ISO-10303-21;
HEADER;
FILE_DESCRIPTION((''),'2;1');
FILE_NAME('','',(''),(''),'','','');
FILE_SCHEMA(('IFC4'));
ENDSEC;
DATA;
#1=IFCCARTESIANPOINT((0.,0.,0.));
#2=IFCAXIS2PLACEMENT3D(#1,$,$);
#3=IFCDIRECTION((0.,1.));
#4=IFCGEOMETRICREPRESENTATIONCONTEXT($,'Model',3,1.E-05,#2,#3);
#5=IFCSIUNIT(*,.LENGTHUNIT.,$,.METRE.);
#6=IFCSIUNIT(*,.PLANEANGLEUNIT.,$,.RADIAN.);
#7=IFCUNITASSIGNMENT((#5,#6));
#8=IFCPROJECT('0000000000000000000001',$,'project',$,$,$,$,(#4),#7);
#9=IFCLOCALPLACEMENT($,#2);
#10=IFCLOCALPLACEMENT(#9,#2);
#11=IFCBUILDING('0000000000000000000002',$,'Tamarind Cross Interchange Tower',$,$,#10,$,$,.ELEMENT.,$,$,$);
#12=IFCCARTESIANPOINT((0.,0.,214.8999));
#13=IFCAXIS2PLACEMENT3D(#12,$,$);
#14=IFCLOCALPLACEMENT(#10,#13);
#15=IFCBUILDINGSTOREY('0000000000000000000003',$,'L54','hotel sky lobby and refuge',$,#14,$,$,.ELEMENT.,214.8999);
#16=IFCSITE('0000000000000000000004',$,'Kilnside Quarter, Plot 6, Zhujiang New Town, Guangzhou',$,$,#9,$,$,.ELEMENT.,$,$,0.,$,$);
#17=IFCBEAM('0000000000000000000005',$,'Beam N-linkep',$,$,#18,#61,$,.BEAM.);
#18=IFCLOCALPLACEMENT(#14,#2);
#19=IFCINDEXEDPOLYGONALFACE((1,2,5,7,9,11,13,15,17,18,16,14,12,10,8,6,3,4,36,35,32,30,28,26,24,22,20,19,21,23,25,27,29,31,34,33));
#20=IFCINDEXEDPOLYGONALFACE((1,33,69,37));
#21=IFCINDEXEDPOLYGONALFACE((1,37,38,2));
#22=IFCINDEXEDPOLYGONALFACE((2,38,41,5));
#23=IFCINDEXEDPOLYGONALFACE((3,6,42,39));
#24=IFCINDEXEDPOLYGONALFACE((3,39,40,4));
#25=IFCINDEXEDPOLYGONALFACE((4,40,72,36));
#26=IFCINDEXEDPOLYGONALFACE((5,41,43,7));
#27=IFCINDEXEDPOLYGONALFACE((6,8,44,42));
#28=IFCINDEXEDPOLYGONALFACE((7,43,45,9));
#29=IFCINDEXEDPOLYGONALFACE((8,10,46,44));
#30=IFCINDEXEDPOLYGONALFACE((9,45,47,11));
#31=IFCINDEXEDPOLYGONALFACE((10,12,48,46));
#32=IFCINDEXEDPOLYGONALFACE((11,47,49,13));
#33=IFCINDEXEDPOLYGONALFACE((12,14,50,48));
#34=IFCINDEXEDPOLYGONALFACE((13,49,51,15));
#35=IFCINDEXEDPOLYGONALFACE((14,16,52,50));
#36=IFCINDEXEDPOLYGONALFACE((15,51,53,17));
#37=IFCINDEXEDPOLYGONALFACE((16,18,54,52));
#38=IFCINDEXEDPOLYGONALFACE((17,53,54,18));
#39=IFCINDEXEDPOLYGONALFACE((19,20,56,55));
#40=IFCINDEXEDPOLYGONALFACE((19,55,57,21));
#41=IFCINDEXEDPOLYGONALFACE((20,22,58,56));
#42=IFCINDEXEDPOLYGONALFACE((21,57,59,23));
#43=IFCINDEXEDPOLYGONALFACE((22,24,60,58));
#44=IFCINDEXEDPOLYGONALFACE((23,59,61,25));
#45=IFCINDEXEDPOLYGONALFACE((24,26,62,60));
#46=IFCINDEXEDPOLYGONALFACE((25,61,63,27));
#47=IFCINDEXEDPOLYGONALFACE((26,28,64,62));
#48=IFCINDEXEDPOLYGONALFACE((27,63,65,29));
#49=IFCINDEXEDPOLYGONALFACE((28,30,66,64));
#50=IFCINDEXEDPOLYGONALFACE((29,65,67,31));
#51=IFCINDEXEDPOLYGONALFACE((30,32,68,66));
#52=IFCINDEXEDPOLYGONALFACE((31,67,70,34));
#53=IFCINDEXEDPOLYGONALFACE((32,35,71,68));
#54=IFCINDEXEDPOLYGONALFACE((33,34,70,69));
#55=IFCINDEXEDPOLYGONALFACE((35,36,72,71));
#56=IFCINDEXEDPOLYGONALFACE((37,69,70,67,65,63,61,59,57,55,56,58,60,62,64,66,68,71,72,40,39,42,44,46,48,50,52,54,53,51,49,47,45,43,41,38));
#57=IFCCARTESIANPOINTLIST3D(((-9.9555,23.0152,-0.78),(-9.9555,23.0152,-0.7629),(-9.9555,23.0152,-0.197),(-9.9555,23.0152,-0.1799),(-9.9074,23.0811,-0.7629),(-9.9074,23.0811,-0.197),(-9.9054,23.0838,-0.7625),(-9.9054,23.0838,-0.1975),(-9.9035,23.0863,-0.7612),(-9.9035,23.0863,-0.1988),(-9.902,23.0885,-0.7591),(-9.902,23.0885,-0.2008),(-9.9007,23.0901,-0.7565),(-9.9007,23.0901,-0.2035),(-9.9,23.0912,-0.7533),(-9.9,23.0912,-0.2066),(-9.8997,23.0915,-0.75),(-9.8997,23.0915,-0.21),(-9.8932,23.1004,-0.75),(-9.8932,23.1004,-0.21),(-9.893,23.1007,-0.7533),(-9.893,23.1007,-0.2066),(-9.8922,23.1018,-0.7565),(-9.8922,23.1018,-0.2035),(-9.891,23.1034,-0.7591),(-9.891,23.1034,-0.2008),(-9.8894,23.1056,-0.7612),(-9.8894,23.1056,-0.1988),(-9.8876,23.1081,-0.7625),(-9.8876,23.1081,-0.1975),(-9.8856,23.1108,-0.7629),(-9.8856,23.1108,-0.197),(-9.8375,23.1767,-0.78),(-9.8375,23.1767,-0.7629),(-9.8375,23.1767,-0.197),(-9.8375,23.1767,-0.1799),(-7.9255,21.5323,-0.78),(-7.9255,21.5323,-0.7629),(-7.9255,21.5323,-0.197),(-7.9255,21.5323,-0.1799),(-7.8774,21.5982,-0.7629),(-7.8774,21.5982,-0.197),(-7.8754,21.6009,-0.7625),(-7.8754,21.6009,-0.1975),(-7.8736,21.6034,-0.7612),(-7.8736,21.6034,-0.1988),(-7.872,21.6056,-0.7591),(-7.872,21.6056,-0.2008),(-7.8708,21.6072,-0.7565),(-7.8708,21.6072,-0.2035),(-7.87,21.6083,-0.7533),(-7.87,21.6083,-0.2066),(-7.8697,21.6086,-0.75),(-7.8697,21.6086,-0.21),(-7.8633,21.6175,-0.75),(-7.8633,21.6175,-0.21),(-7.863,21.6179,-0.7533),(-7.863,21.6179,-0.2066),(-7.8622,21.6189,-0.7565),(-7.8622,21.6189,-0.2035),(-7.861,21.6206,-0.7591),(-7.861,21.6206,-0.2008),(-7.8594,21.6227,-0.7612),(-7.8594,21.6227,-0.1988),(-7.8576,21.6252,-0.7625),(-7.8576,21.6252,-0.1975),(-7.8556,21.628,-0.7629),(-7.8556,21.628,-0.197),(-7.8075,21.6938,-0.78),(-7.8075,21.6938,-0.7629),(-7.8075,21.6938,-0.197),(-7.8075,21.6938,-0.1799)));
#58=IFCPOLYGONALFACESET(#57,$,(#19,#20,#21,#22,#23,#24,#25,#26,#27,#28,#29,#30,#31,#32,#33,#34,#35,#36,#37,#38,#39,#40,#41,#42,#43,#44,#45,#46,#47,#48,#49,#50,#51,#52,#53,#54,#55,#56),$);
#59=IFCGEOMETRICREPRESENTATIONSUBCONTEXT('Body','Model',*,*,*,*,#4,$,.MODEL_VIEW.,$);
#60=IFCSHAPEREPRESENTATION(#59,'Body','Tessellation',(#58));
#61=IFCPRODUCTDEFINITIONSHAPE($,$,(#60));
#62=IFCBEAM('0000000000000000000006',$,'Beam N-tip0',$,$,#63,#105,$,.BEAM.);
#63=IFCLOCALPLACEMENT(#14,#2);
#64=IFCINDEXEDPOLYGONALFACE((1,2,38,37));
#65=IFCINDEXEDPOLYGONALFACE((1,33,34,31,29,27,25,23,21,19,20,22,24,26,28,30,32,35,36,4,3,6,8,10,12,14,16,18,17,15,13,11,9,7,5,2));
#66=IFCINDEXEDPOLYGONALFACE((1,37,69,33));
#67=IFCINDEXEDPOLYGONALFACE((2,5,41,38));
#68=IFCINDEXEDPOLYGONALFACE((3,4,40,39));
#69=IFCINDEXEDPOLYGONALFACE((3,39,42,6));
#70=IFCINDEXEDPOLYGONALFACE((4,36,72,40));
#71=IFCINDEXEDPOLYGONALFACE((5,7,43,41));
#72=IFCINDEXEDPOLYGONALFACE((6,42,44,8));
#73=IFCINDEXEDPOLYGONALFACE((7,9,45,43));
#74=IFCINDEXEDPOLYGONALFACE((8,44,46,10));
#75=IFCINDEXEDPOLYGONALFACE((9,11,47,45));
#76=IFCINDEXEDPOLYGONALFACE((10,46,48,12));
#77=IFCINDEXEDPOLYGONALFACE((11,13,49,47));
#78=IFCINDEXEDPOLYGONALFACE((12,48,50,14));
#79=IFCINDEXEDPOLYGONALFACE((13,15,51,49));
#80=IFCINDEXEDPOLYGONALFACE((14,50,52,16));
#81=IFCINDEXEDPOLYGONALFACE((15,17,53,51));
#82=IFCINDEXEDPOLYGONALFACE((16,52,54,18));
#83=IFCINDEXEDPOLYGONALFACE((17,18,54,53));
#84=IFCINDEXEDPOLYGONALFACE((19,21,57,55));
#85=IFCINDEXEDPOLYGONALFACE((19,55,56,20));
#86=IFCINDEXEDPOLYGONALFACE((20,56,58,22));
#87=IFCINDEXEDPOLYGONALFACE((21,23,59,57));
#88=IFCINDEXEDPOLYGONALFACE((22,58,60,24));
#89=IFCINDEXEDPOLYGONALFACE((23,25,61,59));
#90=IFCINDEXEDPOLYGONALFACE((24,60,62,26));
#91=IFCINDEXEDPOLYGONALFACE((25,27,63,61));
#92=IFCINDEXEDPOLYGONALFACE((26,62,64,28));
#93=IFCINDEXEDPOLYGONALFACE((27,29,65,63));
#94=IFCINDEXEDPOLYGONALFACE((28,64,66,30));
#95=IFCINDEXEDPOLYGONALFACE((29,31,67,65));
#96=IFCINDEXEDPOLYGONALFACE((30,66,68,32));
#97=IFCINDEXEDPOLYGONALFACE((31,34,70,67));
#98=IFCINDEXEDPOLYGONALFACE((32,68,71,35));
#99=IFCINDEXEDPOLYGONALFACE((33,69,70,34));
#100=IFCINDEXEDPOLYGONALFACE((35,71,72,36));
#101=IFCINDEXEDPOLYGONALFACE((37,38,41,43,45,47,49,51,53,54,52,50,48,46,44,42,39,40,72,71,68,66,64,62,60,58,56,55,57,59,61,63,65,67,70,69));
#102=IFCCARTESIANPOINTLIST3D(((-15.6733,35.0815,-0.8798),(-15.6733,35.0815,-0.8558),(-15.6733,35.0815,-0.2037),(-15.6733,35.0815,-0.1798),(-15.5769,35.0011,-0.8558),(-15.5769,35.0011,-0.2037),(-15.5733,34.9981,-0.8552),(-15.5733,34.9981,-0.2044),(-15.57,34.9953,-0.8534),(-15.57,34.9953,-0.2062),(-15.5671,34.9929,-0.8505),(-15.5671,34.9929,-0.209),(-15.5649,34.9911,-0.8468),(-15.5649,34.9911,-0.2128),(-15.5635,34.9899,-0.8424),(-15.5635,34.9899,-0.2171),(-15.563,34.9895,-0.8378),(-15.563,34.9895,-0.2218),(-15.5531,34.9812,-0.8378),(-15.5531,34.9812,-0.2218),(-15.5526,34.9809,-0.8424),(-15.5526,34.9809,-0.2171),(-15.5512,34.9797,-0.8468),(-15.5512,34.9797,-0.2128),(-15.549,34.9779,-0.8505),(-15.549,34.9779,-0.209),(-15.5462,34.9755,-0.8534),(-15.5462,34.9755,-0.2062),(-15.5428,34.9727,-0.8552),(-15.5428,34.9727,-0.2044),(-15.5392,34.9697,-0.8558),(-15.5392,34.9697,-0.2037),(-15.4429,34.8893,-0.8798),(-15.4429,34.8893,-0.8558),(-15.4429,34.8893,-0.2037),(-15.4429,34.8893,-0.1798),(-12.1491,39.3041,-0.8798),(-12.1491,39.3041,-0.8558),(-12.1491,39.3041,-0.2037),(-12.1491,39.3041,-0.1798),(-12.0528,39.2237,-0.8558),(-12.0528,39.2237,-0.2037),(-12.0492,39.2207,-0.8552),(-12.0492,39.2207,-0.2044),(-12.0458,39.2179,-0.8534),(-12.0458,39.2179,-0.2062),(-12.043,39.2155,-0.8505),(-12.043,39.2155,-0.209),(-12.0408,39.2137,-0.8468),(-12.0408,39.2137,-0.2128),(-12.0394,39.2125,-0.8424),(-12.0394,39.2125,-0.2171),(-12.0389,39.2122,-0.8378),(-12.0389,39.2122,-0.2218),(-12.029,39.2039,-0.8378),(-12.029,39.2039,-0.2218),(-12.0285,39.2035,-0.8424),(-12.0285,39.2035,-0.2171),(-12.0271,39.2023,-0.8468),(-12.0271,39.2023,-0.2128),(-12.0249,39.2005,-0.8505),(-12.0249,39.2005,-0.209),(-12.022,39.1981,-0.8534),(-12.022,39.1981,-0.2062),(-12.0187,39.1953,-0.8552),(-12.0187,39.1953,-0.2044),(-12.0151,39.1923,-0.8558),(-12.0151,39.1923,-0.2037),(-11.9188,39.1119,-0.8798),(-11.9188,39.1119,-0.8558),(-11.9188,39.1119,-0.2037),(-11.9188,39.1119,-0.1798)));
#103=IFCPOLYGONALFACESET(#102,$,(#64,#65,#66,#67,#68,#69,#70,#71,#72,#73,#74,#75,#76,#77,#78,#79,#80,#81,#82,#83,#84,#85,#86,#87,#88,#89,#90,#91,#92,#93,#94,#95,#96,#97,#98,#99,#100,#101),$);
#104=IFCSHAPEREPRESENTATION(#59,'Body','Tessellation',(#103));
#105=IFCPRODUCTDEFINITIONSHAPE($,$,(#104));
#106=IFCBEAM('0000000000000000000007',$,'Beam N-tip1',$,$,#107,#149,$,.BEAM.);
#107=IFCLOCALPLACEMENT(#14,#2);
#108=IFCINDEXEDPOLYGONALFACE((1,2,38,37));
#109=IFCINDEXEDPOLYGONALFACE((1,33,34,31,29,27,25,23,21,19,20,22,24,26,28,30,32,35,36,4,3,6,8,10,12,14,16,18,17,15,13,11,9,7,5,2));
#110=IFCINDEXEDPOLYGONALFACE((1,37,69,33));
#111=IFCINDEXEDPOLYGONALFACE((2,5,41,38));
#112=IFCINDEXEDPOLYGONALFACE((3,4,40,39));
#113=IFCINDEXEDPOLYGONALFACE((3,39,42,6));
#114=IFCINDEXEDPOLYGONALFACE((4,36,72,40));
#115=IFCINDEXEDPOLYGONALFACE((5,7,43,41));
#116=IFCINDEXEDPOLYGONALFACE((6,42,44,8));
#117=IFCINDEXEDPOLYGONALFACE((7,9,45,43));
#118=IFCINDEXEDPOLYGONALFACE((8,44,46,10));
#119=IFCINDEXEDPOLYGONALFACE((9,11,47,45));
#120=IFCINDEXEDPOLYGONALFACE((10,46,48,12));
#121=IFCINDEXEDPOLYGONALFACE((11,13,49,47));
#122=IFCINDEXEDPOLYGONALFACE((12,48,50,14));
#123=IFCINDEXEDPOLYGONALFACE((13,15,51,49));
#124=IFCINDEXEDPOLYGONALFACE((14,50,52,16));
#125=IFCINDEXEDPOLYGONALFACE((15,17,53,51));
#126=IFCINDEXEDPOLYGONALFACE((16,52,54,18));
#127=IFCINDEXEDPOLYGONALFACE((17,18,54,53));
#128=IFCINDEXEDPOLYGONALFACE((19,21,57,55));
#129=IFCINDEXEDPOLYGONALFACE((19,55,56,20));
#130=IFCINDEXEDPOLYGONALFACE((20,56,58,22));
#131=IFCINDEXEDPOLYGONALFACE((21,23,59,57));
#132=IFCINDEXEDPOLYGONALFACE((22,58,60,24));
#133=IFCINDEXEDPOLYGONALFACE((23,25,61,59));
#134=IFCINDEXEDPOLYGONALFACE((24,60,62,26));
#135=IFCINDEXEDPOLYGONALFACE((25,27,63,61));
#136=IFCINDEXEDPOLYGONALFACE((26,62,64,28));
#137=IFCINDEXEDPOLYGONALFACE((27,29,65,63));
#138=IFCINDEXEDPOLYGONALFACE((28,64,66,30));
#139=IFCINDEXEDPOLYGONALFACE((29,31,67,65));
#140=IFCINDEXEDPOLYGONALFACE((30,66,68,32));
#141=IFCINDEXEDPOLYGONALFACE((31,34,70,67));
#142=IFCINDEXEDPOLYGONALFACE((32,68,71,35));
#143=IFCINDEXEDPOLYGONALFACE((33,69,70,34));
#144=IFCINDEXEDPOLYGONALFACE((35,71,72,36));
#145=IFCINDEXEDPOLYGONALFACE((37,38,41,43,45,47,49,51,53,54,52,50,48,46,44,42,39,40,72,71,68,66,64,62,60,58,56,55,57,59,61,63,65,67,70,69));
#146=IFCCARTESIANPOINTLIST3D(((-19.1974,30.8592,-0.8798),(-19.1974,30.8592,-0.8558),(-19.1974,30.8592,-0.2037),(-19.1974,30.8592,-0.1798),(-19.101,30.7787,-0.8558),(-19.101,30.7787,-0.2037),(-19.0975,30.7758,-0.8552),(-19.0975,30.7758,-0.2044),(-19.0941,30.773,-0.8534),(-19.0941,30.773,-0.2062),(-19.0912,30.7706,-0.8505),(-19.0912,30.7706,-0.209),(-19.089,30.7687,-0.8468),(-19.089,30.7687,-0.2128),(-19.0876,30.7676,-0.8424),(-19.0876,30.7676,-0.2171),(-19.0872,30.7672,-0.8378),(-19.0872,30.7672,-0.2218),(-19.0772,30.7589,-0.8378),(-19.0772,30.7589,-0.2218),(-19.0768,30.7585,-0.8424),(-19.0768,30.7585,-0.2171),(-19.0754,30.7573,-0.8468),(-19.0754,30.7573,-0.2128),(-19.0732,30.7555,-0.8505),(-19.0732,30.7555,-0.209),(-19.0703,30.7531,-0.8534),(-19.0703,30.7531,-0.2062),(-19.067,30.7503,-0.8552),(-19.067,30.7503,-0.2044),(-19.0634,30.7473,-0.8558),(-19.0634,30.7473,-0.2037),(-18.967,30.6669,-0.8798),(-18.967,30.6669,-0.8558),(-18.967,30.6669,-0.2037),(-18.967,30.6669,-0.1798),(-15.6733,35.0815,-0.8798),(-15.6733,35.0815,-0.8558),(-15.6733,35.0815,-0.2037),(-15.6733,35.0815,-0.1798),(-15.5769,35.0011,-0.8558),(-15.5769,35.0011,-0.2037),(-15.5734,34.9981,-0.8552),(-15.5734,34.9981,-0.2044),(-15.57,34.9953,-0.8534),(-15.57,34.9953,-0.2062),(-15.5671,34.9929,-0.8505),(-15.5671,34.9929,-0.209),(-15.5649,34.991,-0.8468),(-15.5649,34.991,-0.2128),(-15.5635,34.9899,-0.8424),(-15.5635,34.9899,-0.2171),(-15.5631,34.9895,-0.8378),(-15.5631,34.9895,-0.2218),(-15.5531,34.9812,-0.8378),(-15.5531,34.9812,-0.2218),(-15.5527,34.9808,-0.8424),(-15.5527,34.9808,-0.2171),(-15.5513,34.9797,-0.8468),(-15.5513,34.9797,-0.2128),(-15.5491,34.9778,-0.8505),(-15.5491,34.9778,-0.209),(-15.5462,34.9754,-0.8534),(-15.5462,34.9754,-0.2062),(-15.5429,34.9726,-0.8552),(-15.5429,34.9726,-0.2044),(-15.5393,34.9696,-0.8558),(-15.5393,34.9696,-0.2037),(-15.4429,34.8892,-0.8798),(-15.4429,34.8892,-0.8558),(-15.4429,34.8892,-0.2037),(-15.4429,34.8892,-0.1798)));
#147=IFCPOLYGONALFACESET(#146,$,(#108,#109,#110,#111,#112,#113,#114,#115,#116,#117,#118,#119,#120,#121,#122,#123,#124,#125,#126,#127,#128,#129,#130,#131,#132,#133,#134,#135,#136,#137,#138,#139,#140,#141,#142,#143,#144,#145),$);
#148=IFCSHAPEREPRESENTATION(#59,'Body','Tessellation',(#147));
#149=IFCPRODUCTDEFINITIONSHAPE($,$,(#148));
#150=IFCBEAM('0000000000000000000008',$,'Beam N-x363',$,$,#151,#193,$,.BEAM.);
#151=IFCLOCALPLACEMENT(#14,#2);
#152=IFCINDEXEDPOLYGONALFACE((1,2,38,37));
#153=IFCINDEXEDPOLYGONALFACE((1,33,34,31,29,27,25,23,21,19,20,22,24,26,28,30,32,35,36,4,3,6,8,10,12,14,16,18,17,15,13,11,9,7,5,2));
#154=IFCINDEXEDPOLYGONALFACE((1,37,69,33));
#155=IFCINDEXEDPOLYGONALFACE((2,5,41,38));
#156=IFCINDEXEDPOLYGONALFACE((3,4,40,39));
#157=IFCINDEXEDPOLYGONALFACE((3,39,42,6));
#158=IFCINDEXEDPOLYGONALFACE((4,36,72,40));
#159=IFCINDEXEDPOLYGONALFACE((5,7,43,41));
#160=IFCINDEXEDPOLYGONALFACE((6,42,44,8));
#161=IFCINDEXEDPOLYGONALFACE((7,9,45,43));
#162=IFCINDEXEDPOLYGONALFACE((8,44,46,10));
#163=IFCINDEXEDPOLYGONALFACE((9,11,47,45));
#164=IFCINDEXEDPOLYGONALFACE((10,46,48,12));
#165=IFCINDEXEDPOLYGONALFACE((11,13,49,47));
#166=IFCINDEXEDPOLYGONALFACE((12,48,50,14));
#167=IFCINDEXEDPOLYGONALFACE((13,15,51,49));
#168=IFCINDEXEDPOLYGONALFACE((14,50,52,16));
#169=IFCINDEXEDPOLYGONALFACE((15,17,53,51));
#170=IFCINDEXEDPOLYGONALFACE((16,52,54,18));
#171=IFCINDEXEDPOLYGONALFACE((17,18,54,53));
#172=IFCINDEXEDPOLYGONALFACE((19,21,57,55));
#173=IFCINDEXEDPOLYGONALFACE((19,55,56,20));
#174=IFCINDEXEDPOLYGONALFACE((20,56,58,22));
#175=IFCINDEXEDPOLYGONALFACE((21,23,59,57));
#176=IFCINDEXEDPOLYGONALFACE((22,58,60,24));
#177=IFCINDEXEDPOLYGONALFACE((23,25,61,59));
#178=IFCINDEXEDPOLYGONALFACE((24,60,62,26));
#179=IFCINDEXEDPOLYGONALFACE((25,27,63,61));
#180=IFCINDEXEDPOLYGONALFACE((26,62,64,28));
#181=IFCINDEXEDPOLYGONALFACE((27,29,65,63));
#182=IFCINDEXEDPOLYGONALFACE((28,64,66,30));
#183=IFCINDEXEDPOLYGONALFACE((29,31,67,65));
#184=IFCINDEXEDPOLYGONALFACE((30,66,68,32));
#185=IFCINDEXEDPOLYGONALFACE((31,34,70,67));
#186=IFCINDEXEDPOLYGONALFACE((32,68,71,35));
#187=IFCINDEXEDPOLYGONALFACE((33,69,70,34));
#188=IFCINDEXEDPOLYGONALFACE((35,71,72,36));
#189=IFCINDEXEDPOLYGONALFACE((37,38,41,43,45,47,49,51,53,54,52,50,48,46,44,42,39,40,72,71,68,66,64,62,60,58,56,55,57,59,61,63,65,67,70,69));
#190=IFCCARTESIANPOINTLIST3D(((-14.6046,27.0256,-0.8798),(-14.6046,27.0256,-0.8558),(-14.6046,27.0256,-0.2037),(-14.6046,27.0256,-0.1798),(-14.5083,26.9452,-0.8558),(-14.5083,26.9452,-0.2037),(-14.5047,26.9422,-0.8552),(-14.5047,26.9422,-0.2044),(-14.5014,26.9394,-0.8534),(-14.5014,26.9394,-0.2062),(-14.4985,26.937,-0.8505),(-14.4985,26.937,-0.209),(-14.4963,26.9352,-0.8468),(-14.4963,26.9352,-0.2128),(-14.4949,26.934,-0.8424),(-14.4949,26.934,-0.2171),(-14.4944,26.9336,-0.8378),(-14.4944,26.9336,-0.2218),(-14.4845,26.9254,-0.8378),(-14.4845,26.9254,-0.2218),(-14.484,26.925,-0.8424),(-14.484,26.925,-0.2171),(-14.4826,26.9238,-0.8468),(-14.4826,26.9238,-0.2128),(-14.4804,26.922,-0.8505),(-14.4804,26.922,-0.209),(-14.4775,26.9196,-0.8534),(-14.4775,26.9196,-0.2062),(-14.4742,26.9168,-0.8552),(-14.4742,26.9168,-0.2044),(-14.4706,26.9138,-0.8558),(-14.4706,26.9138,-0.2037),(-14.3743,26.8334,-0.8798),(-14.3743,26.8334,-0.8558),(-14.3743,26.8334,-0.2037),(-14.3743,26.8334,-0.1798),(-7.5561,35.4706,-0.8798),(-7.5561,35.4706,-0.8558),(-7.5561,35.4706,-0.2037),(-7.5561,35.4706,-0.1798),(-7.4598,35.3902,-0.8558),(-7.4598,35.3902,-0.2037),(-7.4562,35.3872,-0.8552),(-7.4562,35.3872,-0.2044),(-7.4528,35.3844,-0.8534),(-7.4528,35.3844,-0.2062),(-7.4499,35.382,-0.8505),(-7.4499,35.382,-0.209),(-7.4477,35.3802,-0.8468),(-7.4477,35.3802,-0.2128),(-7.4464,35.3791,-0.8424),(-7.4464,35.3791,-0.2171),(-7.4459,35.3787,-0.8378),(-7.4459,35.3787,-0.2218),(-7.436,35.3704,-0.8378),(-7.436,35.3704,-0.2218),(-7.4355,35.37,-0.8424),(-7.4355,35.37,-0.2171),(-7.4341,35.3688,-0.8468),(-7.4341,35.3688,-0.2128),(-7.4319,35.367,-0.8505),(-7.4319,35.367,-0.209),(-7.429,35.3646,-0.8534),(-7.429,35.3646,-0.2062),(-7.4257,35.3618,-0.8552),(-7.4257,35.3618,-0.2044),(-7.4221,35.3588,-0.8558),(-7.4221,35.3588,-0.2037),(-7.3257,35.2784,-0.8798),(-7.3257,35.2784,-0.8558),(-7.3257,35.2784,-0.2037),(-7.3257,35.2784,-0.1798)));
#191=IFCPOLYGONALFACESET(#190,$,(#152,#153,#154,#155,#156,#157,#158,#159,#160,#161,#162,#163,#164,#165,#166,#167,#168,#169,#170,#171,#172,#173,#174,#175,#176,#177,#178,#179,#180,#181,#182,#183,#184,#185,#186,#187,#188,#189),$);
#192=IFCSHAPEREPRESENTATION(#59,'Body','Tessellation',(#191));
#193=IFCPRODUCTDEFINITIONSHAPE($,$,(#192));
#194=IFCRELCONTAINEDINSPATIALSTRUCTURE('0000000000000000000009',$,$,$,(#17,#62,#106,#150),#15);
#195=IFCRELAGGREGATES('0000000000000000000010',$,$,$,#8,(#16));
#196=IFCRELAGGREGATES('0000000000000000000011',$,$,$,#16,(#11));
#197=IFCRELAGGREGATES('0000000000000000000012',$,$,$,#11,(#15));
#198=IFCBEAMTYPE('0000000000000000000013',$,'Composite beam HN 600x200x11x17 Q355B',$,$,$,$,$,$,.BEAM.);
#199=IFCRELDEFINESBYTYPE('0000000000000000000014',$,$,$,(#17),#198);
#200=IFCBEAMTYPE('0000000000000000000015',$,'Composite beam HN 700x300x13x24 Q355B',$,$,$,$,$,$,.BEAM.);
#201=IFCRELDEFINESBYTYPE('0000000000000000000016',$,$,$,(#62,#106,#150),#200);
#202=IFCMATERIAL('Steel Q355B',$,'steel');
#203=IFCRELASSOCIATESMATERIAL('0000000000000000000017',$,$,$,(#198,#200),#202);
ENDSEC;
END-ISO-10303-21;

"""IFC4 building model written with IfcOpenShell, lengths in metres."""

from ifc_helpers import new_model, si_unit, direction, frame, origin, origin_2d, place, context, subcontext, project, spatial, i_section, extrude, material, material_profile, profile_set, type_object, element, save


model = new_model("IFC4")

# Units and contexts
model_context = context("Model", 3, precision=1e-05, world=origin(), true_north=direction((0.0, 1.0)))
body_context = subcontext(model_context, "Body", "Model", "MODEL_VIEW")
ifc_project = project(units=[si_unit("LENGTHUNIT", "METRE"), si_unit("PLANEANGLEUNIT", "RADIAN")], contexts=[model_context])

# Site, building, storey
site_placement = place(None, origin())
site = spatial("IfcSite", under=ifc_project, at=site_placement, Name="Kilnside Quarter, Plot 6, Zhujiang New Town, Guangzhou", CompositionType="ELEMENT", RefElevation=0.0)
building_placement = place(site_placement, origin())
building = spatial("IfcBuilding", under=site, at=building_placement, Name="Tamarind Cross Interchange Tower", CompositionType="ELEMENT")
storey_placement = place(building_placement, frame((0.0, 0.0, 214.8999)))
storey = spatial("IfcBuildingStorey", under=building, at=storey_placement, Name="L54", Description="hotel sky lobby and refuge", CompositionType="ELEMENT", Elevation=214.8999)

# Beams
ifc_material_1 = material(Name="Steel Q355B", Category="steel")
ifc_material_profile_1 = material_profile(ifc_material_1, i_section(OverallWidth=0.2, OverallDepth=0.6001, WebThickness=0.011, FlangeThickness=0.0171, FilletRadius=0.0129, at=origin_2d()), Name="HN 600x200x11x17")
ifc_profile_set_1 = profile_set([ifc_material_profile_1], Name="Steel Q355B")
beam_type_1 = type_object("IfcBeamType", Name="Composite beam HN 600x200x11x17 Q355B", PredefinedType="BEAM", material=ifc_profile_set_1)
beam_1_placement = place(storey_placement, frame((-9.8965, 23.0959, -0.48), z_axis=(0.8075, -0.589868, 0.0), x_axis=(0.589868, 0.8075, 0.0)))
element("IfcBeam", 1, at=beam_1_placement, inside=storey, type_object=beam_type_1, Name="Beam N-linkep", PredefinedType="BEAM", context=body_context, shape_type="SweptSolid", body=[
    extrude(i_section(OverallWidth=0.2, OverallDepth=0.6001, WebThickness=0.011, FlangeThickness=0.0171, FilletRadius=0.0129, at=origin_2d()), origin(), (0.0, 0.0, 1.0), 2.5139),
])
ifc_material_profile_2 = material_profile(ifc_material_1, i_section(OverallWidth=0.3, OverallDepth=0.7, WebThickness=0.0129, FlangeThickness=0.0239, FilletRadius=0.0181, at=origin_2d()), Name="HN 700x300x13x24")
ifc_profile_set_2 = profile_set([ifc_material_profile_2], Name="Steel Q355B")
beam_type_2 = type_object("IfcBeamType", Name="Composite beam HN 700x300x13x24 Q355B", PredefinedType="BEAM", material=ifc_profile_set_2)
beam_2_placement = place(storey_placement, frame((-12.0339, 39.208, -0.5298), z_axis=(-0.640752, -0.767748, 0.0), x_axis=(0.767748, -0.640752, 0.0)))
element("IfcBeam", 2, at=beam_2_placement, inside=storey, type_object=beam_type_2, Name="Beam N-tip0", PredefinedType="BEAM", context=body_context, shape_type="SweptSolid", body=[
    extrude(i_section(OverallWidth=0.3, OverallDepth=0.7, WebThickness=0.0129, FlangeThickness=0.0239, FilletRadius=0.0181, at=origin_2d()), origin(), (0.0, 0.0, 1.0), 5.5),
])
beam_3_placement = place(storey_placement, frame((-15.5581, 34.9854, -0.5298), z_axis=(-0.640774, -0.76773, 0.0), x_axis=(0.76773, -0.640774, 0.0)))
element("IfcBeam", 3, at=beam_3_placement, inside=storey, type_object=beam_type_2, Name="Beam N-tip1", PredefinedType="BEAM", context=body_context, shape_type="SweptSolid", body=[
    extrude(i_section(OverallWidth=0.3, OverallDepth=0.7, WebThickness=0.0129, FlangeThickness=0.0239, FilletRadius=0.0181, at=origin_2d()), origin(), (0.0, 0.0, 1.0), 5.4998),
])
beam_4_placement = place(storey_placement, frame((-7.4409, 35.3745, -0.5298), z_axis=(-0.640776, -0.767728, 0.0), x_axis=(0.767728, -0.640776, 0.0)))
element("IfcBeam", 4, at=beam_4_placement, inside=storey, type_object=beam_type_2, Name="Beam N-x363", PredefinedType="BEAM", context=body_context, shape_type="SweptSolid", body=[
    extrude(i_section(OverallWidth=0.3, OverallDepth=0.7, WebThickness=0.0129, FlangeThickness=0.0239, FilletRadius=0.0181, at=origin_2d()), origin(), (0.0, 0.0, 1.0), 11.0),
])

save(model, "model.ifc")
